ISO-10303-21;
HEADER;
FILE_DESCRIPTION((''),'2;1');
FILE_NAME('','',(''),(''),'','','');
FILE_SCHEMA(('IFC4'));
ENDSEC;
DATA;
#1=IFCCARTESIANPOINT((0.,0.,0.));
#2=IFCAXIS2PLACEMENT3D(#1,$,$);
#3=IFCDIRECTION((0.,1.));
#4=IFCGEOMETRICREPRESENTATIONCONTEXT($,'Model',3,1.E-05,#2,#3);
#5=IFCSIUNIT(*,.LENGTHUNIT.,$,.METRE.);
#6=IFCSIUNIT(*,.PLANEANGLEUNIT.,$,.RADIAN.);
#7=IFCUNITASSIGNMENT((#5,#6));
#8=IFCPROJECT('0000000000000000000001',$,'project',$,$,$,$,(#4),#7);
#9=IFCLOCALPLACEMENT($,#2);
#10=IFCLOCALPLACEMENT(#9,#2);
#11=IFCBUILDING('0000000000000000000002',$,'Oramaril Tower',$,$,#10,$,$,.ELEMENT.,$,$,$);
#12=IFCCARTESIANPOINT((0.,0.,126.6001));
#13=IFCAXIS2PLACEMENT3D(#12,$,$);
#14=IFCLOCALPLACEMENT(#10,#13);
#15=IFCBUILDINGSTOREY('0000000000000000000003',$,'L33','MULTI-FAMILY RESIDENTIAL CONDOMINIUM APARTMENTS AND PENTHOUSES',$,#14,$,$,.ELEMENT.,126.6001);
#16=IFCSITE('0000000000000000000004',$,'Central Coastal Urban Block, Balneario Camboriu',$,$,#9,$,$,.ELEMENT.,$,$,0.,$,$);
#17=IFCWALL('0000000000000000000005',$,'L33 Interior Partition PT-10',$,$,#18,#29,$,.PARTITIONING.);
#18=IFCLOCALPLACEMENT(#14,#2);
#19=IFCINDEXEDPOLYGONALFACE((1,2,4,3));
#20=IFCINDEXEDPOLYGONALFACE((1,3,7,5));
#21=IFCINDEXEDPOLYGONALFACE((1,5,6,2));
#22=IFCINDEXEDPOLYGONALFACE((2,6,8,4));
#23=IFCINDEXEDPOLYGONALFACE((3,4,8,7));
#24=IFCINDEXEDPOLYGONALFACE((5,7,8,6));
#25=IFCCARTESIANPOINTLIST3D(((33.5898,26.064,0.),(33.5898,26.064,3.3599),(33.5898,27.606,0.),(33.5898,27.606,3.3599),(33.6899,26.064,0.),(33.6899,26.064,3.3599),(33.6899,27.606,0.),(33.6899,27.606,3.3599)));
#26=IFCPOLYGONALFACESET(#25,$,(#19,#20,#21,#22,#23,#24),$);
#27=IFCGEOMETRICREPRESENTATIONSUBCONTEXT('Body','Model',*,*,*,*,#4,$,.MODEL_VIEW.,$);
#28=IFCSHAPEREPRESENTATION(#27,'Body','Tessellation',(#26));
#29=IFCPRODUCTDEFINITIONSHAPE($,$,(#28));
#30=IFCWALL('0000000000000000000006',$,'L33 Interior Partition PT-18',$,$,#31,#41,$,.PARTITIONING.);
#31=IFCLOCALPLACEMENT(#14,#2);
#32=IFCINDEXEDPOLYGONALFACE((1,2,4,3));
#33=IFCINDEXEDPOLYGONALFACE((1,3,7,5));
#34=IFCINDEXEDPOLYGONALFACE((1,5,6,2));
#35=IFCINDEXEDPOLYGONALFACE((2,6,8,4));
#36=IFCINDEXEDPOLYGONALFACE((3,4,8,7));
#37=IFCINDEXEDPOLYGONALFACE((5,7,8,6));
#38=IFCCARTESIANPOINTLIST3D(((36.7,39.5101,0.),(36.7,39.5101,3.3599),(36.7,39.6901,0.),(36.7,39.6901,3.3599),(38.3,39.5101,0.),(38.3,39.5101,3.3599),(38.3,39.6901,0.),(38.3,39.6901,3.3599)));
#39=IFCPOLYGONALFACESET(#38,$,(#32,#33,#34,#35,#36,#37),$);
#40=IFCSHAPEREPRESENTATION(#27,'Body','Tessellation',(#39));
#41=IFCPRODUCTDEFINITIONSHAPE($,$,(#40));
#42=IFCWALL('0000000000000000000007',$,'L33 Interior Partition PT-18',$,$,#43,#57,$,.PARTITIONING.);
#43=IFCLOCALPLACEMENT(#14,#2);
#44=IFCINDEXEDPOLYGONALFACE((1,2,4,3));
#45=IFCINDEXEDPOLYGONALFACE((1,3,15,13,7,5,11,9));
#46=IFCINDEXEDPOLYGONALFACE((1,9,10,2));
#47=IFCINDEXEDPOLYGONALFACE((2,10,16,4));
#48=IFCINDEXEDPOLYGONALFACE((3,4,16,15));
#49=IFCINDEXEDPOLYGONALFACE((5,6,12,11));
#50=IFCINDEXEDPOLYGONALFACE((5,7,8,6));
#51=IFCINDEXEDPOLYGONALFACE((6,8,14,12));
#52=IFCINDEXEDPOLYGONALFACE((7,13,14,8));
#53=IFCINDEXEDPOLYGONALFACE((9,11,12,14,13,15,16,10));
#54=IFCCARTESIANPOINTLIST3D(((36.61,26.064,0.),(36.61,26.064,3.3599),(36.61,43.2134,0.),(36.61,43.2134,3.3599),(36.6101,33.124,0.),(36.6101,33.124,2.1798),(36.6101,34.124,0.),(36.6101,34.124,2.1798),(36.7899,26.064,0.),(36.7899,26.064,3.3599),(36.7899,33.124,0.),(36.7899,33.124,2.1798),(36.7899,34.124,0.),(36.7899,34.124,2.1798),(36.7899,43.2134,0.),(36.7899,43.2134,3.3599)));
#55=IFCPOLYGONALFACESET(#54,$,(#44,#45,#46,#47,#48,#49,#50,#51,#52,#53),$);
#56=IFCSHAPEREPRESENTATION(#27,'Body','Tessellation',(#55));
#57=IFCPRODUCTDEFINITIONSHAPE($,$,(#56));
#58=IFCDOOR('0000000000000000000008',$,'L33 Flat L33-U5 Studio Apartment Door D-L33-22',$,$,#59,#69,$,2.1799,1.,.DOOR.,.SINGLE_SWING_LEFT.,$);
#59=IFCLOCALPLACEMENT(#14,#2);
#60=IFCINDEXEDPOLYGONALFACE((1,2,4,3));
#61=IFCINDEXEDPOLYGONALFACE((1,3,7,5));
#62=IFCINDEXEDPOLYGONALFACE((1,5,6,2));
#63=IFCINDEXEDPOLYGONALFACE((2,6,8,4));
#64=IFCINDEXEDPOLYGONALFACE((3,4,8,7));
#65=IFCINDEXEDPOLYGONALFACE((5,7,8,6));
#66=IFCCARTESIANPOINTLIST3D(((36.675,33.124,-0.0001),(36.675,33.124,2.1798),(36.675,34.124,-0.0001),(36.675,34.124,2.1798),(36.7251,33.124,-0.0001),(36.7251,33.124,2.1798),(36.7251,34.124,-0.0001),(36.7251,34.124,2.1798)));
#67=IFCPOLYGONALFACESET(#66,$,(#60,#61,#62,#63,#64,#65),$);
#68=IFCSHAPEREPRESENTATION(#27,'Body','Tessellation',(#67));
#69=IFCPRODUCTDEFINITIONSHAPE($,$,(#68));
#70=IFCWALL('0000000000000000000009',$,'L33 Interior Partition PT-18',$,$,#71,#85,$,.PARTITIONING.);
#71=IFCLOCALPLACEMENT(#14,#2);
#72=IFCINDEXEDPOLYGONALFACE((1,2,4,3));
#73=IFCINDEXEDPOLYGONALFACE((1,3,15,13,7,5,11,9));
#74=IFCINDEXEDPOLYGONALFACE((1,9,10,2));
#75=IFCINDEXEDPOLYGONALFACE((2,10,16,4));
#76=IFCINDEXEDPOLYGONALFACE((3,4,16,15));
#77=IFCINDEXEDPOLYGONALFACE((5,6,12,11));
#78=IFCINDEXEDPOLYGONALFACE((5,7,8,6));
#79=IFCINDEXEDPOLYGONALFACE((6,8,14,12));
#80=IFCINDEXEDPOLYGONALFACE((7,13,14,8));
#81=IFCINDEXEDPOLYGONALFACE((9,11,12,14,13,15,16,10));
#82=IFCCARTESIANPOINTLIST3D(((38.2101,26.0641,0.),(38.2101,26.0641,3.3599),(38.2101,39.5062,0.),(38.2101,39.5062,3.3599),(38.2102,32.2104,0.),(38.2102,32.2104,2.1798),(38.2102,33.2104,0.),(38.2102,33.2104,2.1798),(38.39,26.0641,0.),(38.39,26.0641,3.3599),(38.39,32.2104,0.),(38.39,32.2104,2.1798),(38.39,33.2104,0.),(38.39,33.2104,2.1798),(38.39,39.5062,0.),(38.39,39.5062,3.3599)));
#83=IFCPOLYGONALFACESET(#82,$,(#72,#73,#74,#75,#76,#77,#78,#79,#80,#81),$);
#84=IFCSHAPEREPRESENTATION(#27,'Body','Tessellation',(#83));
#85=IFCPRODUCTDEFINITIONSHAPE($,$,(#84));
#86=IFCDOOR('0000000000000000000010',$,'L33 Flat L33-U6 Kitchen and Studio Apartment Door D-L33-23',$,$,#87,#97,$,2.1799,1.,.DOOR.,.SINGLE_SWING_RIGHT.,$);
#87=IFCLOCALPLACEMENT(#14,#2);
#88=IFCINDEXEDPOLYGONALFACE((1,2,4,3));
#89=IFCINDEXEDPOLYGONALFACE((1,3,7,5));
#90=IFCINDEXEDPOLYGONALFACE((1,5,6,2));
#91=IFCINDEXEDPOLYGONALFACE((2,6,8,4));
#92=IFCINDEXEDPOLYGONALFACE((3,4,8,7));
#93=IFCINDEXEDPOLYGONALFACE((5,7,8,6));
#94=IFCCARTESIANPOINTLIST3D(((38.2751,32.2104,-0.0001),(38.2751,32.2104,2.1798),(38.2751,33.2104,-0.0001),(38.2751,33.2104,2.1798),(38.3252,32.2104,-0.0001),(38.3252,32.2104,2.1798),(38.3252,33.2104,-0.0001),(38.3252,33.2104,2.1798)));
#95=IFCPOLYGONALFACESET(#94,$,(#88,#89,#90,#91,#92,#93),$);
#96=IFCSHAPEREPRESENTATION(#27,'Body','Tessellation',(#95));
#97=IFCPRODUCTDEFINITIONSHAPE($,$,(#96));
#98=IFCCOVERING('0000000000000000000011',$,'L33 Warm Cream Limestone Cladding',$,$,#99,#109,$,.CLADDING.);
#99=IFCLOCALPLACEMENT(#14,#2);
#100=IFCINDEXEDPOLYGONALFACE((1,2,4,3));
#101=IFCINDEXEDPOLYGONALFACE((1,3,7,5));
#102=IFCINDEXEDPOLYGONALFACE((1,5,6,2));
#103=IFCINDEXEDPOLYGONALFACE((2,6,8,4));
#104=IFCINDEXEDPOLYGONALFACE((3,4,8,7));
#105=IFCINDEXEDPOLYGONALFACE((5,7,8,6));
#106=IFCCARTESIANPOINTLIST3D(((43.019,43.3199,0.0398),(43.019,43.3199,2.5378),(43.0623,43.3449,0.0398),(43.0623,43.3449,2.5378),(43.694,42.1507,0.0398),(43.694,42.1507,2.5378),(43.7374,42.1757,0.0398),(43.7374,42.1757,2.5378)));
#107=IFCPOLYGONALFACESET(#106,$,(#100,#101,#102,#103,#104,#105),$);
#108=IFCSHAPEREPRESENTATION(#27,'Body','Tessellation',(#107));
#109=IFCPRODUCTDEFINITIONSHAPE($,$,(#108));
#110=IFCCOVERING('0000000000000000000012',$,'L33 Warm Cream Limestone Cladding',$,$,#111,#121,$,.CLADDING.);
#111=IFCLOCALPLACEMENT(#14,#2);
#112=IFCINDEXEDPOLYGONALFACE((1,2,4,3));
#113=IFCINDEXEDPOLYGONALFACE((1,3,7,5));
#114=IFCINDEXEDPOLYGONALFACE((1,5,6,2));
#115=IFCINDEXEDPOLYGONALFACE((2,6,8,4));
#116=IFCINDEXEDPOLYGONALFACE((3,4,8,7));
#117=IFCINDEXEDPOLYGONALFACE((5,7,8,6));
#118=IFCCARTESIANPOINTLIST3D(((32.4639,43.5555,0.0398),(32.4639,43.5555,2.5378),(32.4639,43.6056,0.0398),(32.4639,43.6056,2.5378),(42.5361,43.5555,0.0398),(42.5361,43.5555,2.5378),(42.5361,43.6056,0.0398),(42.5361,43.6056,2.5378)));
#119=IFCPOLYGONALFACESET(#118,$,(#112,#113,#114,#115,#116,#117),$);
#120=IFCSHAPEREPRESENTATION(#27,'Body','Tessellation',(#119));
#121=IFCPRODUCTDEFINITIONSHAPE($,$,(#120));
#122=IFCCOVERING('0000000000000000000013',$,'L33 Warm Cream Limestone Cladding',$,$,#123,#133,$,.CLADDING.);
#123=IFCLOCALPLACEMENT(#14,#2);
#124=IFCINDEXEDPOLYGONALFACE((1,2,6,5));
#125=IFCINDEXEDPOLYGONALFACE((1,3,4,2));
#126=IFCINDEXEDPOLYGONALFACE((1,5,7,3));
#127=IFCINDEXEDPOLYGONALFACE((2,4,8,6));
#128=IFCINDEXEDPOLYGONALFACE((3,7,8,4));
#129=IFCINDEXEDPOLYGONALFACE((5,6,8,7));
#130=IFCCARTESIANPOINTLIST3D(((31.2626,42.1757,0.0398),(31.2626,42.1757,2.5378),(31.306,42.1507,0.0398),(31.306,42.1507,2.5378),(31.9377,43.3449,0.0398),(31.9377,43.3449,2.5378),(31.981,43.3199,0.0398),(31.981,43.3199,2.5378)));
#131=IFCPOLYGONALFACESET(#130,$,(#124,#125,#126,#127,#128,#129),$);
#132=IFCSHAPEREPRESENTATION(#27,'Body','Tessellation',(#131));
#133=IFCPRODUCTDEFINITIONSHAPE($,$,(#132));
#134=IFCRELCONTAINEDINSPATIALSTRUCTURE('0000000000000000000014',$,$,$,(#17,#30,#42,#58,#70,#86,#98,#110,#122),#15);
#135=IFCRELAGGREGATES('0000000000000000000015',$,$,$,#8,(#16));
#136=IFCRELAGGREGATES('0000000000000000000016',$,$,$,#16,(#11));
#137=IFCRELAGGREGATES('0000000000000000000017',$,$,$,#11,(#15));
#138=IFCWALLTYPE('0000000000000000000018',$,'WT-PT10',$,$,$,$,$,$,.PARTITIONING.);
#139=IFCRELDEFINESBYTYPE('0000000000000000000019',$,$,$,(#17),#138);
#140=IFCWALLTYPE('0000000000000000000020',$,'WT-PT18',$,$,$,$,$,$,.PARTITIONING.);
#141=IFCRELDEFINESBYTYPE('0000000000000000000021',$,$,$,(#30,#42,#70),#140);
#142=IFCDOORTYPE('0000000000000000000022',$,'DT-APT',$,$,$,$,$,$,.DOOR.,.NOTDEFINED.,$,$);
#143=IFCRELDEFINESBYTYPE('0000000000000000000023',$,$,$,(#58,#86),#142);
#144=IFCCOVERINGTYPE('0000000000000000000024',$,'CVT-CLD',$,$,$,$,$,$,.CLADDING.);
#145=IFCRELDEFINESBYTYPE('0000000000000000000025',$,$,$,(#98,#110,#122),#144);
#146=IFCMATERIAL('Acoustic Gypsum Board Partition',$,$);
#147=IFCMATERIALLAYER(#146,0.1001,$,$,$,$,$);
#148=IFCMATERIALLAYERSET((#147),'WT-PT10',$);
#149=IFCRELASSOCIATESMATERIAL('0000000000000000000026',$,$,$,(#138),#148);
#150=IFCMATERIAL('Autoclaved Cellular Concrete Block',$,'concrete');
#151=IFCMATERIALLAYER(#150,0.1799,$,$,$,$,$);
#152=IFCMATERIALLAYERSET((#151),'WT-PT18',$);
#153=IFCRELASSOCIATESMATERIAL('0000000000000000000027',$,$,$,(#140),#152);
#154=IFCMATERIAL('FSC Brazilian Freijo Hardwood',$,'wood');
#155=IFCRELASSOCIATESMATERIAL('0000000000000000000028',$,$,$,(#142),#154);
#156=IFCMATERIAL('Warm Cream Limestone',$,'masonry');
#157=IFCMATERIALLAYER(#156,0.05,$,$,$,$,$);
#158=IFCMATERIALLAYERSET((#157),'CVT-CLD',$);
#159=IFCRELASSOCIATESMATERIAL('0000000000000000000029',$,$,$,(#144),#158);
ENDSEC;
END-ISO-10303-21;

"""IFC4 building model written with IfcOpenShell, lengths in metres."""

from ifc_helpers import new_model, si_unit, direction, frame, frame_2d, origin, origin_2d, place, context, subcontext, project, spatial, rectangle, extrude, material, layer, layer_set, type_object, element, fill, save


model = new_model("IFC4")

# Units and contexts
model_context = context("Model", 3, precision=1e-05, world=origin(), true_north=direction((0.0, 1.0)))
body_context = subcontext(model_context, "Body", "Model", "MODEL_VIEW")
ifc_project = project(units=[si_unit("LENGTHUNIT", "METRE"), si_unit("PLANEANGLEUNIT", "RADIAN")], contexts=[model_context])

# Site, building, storey
site_placement = place(None, origin())
site = spatial("IfcSite", under=ifc_project, at=site_placement, Name="Central Coastal Urban Block, Balneario Camboriu", CompositionType="ELEMENT", RefElevation=0.0)
building_placement = place(site_placement, origin())
building = spatial("IfcBuilding", under=site, at=building_placement, Name="Oramaril Tower", CompositionType="ELEMENT")
storey_placement = place(building_placement, frame((0.0, 0.0, 126.6001)))
storey = spatial("IfcBuildingStorey", under=building, at=storey_placement, Name="L33", Description="MULTI-FAMILY RESIDENTIAL CONDOMINIUM APARTMENTS AND PENTHOUSES", CompositionType="ELEMENT", Elevation=126.6001)

# Walls
ifc_material_1 = material(Name="Acoustic Gypsum Board Partition")
ifc_layer_1 = layer(ifc_material_1, 0.1001)
ifc_layer_set_1 = layer_set([ifc_layer_1], Name="WT-PT10")
wall_type_1 = type_object("IfcWallType", Name="WT-PT10", PredefinedType="PARTITIONING", material=ifc_layer_set_1)
wall_1_placement = place(storey_placement, frame((33.6399, 26.064, 0.0), z_axis=(0.0, 0.0, 1.0), x_axis=(0.0, 1.0, 0.0)))
element("IfcWall", 1, at=wall_1_placement, inside=storey, type_object=wall_type_1, Name="L33 Interior Partition PT-10", PredefinedType="PARTITIONING", context=body_context, shape_type="SweptSolid", body=[
    extrude(rectangle(XDim=1.542, YDim=0.1001, at=frame_2d((0.771, 0.0))), origin(), (0.0, 0.0, 1.0), 3.3599),
])
ifc_material_2 = material(Name="Autoclaved Cellular Concrete Block", Category="concrete")
ifc_layer_2 = layer(ifc_material_2, 0.1799)
ifc_layer_set_2 = layer_set([ifc_layer_2], Name="WT-PT18")
wall_type_2 = type_object("IfcWallType", Name="WT-PT18", PredefinedType="PARTITIONING", material=ifc_layer_set_2)
wall_2_placement = place(storey_placement, frame((36.7, 39.6001, 0.0), z_axis=(0.0, 0.0, 1.0), x_axis=(1.0, 0.0, 0.0)))
element("IfcWall", 2, at=wall_2_placement, inside=storey, type_object=wall_type_2, Name="L33 Interior Partition PT-18", PredefinedType="PARTITIONING", context=body_context, shape_type="SweptSolid", body=[
    extrude(rectangle(XDim=1.6001, YDim=0.1799, at=frame_2d((0.8, 0.0))), origin(), (0.0, 0.0, 1.0), 3.3599),
])

# Walls, openings, doors
wall_3_placement = place(storey_placement, frame((36.7, 26.064, 0.0), z_axis=(0.0, 0.0, 1.0), x_axis=(0.0, 1.0, 0.0)))
wall_3 = element("IfcWall", 3, at=wall_3_placement, inside=storey, type_object=wall_type_2, Name="L33 Interior Partition PT-18", PredefinedType="PARTITIONING", context=body_context, shape_type="SweptSolid", body=[
    extrude(rectangle(XDim=17.1494, YDim=0.1799, at=frame_2d((8.5747, 0.0))), origin(), (0.0, 0.0, 1.0), 3.3599),
])
opening_1_placement = place(wall_3_placement, frame((7.0601, 0.0, 0.0)))
opening_1 = element("IfcOpeningElement", 4, at=opening_1_placement, cuts=wall_3, PredefinedType="OPENING", context=body_context, shape_type="SweptSolid", body=[
    extrude(rectangle(XDim=1.0, YDim=2.1799, at=frame_2d((0.5, 1.0898))), frame((0.0, 0.0898, 0.0), z_axis=(0.0, -1.0, 0.0), x_axis=(1.0, 0.0, 0.0)), (0.0, 0.0, 1.0), 0.1799),
])
ifc_material_3 = material(Name="FSC Brazilian Freijo Hardwood", Category="wood")
door_type_1 = type_object("IfcDoorType", Name="DT-APT", OperationType="NOTDEFINED", PredefinedType="DOOR", material=ifc_material_3)
door_1_placement = place(opening_1_placement, origin())
door_1 = element("IfcDoor", 5, at=door_1_placement, inside=storey, type_object=door_type_1, Name="L33 Flat L33-U5 Studio Apartment Door D-L33-22", OperationType="SINGLE_SWING_LEFT", OverallHeight=2.1799, OverallWidth=1.0, PredefinedType="DOOR", context=body_context, shape_type="SweptSolid", body=[
    extrude(rectangle(XDim=1.0, YDim=2.1799, at=frame_2d((0.5, 1.0898))), frame((0.0, 0.0249, 0.0), z_axis=(0.0, -1.0, 0.0), x_axis=(1.0, 0.0, 0.0)), (0.0, 0.0, 1.0), 0.05),
])
fill(opening_1, door_1)
wall_4_placement = place(storey_placement, frame((38.3, 26.064, 0.0), z_axis=(0.0, 0.0, 1.0), x_axis=(0.0, 1.0, 0.0)))
wall_4 = element("IfcWall", 6, at=wall_4_placement, inside=storey, type_object=wall_type_2, Name="L33 Interior Partition PT-18", PredefinedType="PARTITIONING", context=body_context, shape_type="SweptSolid", body=[
    extrude(rectangle(XDim=13.4421, YDim=0.1799, at=frame_2d((6.7212, 0.0))), origin(), (0.0, 0.0, 1.0), 3.3599),
])
opening_2_placement = place(wall_4_placement, frame((6.1465, 0.0, 0.0)))
opening_2 = element("IfcOpeningElement", 7, at=opening_2_placement, cuts=wall_4, PredefinedType="OPENING", context=body_context, shape_type="SweptSolid", body=[
    extrude(rectangle(XDim=1.0, YDim=2.1799, at=frame_2d((0.5, 1.0898))), frame((0.0, 0.0898, 0.0), z_axis=(0.0, -1.0, 0.0), x_axis=(1.0, 0.0, 0.0)), (0.0, 0.0, 1.0), 0.1799),
])
door_2_placement = place(opening_2_placement, origin())
door_2 = element("IfcDoor", 8, at=door_2_placement, inside=storey, type_object=door_type_1, Name="L33 Flat L33-U6 Kitchen and Studio Apartment Door D-L33-23", OperationType="SINGLE_SWING_RIGHT", OverallHeight=2.1799, OverallWidth=1.0, PredefinedType="DOOR", context=body_context, shape_type="SweptSolid", body=[
    extrude(rectangle(XDim=1.0, YDim=2.1799, at=frame_2d((0.5, 1.0898))), frame((0.0, 0.0249, 0.0), z_axis=(0.0, -1.0, 0.0), x_axis=(1.0, 0.0, 0.0)), (0.0, 0.0, 1.0), 0.05),
])
fill(opening_2, door_2)

# Coverings
ifc_material_4 = material(Name="Warm Cream Limestone", Category="masonry")
ifc_layer_3 = layer(ifc_material_4, 0.05)
ifc_layer_set_3 = layer_set([ifc_layer_3], Name="CVT-CLD")
covering_type = type_object("IfcCoveringType", Name="CVT-CLD", PredefinedType="CLADDING", material=ifc_layer_set_3)
covering_1_placement = place(storey_placement, frame((43.3782, 42.7478, 0.0398), z_axis=(0.0, 0.0, 1.0), x_axis=(-0.499998, 0.866026, 0.0)))
element("IfcCovering", 9, at=covering_1_placement, inside=storey, type_object=covering_type, Name="L33 Warm Cream Limestone Cladding", PredefinedType="CLADDING", context=body_context, shape_type="SweptSolid", body=[
    extrude(rectangle(XDim=1.3501, YDim=0.05, at=origin_2d()), origin(), (0.0, 0.0, 1.0), 2.498),
])
covering_2_placement = place(storey_placement, frame((37.5, 43.5806, 0.0398), z_axis=(0.0, 0.0, 1.0), x_axis=(-1.0, 0.0, 0.0)))
element("IfcCovering", 10, at=covering_2_placement, inside=storey, type_object=covering_type, Name="L33 Warm Cream Limestone Cladding", PredefinedType="CLADDING", context=body_context, shape_type="SweptSolid", body=[
    extrude(rectangle(XDim=10.0723, YDim=0.05, at=origin_2d()), origin(), (0.0, 0.0, 1.0), 2.498),
])
covering_3_placement = place(storey_placement, frame((31.6218, 42.7478, 0.0398), z_axis=(0.0, 0.0, 1.0), x_axis=(-0.499998, -0.866026, 0.0)))
element("IfcCovering", 11, at=covering_3_placement, inside=storey, type_object=covering_type, Name="L33 Warm Cream Limestone Cladding", PredefinedType="CLADDING", context=body_context, shape_type="SweptSolid", body=[
    extrude(rectangle(XDim=1.3501, YDim=0.05, at=origin_2d()), origin(), (0.0, 0.0, 1.0), 2.498),
])

save(model, "model.ifc")
